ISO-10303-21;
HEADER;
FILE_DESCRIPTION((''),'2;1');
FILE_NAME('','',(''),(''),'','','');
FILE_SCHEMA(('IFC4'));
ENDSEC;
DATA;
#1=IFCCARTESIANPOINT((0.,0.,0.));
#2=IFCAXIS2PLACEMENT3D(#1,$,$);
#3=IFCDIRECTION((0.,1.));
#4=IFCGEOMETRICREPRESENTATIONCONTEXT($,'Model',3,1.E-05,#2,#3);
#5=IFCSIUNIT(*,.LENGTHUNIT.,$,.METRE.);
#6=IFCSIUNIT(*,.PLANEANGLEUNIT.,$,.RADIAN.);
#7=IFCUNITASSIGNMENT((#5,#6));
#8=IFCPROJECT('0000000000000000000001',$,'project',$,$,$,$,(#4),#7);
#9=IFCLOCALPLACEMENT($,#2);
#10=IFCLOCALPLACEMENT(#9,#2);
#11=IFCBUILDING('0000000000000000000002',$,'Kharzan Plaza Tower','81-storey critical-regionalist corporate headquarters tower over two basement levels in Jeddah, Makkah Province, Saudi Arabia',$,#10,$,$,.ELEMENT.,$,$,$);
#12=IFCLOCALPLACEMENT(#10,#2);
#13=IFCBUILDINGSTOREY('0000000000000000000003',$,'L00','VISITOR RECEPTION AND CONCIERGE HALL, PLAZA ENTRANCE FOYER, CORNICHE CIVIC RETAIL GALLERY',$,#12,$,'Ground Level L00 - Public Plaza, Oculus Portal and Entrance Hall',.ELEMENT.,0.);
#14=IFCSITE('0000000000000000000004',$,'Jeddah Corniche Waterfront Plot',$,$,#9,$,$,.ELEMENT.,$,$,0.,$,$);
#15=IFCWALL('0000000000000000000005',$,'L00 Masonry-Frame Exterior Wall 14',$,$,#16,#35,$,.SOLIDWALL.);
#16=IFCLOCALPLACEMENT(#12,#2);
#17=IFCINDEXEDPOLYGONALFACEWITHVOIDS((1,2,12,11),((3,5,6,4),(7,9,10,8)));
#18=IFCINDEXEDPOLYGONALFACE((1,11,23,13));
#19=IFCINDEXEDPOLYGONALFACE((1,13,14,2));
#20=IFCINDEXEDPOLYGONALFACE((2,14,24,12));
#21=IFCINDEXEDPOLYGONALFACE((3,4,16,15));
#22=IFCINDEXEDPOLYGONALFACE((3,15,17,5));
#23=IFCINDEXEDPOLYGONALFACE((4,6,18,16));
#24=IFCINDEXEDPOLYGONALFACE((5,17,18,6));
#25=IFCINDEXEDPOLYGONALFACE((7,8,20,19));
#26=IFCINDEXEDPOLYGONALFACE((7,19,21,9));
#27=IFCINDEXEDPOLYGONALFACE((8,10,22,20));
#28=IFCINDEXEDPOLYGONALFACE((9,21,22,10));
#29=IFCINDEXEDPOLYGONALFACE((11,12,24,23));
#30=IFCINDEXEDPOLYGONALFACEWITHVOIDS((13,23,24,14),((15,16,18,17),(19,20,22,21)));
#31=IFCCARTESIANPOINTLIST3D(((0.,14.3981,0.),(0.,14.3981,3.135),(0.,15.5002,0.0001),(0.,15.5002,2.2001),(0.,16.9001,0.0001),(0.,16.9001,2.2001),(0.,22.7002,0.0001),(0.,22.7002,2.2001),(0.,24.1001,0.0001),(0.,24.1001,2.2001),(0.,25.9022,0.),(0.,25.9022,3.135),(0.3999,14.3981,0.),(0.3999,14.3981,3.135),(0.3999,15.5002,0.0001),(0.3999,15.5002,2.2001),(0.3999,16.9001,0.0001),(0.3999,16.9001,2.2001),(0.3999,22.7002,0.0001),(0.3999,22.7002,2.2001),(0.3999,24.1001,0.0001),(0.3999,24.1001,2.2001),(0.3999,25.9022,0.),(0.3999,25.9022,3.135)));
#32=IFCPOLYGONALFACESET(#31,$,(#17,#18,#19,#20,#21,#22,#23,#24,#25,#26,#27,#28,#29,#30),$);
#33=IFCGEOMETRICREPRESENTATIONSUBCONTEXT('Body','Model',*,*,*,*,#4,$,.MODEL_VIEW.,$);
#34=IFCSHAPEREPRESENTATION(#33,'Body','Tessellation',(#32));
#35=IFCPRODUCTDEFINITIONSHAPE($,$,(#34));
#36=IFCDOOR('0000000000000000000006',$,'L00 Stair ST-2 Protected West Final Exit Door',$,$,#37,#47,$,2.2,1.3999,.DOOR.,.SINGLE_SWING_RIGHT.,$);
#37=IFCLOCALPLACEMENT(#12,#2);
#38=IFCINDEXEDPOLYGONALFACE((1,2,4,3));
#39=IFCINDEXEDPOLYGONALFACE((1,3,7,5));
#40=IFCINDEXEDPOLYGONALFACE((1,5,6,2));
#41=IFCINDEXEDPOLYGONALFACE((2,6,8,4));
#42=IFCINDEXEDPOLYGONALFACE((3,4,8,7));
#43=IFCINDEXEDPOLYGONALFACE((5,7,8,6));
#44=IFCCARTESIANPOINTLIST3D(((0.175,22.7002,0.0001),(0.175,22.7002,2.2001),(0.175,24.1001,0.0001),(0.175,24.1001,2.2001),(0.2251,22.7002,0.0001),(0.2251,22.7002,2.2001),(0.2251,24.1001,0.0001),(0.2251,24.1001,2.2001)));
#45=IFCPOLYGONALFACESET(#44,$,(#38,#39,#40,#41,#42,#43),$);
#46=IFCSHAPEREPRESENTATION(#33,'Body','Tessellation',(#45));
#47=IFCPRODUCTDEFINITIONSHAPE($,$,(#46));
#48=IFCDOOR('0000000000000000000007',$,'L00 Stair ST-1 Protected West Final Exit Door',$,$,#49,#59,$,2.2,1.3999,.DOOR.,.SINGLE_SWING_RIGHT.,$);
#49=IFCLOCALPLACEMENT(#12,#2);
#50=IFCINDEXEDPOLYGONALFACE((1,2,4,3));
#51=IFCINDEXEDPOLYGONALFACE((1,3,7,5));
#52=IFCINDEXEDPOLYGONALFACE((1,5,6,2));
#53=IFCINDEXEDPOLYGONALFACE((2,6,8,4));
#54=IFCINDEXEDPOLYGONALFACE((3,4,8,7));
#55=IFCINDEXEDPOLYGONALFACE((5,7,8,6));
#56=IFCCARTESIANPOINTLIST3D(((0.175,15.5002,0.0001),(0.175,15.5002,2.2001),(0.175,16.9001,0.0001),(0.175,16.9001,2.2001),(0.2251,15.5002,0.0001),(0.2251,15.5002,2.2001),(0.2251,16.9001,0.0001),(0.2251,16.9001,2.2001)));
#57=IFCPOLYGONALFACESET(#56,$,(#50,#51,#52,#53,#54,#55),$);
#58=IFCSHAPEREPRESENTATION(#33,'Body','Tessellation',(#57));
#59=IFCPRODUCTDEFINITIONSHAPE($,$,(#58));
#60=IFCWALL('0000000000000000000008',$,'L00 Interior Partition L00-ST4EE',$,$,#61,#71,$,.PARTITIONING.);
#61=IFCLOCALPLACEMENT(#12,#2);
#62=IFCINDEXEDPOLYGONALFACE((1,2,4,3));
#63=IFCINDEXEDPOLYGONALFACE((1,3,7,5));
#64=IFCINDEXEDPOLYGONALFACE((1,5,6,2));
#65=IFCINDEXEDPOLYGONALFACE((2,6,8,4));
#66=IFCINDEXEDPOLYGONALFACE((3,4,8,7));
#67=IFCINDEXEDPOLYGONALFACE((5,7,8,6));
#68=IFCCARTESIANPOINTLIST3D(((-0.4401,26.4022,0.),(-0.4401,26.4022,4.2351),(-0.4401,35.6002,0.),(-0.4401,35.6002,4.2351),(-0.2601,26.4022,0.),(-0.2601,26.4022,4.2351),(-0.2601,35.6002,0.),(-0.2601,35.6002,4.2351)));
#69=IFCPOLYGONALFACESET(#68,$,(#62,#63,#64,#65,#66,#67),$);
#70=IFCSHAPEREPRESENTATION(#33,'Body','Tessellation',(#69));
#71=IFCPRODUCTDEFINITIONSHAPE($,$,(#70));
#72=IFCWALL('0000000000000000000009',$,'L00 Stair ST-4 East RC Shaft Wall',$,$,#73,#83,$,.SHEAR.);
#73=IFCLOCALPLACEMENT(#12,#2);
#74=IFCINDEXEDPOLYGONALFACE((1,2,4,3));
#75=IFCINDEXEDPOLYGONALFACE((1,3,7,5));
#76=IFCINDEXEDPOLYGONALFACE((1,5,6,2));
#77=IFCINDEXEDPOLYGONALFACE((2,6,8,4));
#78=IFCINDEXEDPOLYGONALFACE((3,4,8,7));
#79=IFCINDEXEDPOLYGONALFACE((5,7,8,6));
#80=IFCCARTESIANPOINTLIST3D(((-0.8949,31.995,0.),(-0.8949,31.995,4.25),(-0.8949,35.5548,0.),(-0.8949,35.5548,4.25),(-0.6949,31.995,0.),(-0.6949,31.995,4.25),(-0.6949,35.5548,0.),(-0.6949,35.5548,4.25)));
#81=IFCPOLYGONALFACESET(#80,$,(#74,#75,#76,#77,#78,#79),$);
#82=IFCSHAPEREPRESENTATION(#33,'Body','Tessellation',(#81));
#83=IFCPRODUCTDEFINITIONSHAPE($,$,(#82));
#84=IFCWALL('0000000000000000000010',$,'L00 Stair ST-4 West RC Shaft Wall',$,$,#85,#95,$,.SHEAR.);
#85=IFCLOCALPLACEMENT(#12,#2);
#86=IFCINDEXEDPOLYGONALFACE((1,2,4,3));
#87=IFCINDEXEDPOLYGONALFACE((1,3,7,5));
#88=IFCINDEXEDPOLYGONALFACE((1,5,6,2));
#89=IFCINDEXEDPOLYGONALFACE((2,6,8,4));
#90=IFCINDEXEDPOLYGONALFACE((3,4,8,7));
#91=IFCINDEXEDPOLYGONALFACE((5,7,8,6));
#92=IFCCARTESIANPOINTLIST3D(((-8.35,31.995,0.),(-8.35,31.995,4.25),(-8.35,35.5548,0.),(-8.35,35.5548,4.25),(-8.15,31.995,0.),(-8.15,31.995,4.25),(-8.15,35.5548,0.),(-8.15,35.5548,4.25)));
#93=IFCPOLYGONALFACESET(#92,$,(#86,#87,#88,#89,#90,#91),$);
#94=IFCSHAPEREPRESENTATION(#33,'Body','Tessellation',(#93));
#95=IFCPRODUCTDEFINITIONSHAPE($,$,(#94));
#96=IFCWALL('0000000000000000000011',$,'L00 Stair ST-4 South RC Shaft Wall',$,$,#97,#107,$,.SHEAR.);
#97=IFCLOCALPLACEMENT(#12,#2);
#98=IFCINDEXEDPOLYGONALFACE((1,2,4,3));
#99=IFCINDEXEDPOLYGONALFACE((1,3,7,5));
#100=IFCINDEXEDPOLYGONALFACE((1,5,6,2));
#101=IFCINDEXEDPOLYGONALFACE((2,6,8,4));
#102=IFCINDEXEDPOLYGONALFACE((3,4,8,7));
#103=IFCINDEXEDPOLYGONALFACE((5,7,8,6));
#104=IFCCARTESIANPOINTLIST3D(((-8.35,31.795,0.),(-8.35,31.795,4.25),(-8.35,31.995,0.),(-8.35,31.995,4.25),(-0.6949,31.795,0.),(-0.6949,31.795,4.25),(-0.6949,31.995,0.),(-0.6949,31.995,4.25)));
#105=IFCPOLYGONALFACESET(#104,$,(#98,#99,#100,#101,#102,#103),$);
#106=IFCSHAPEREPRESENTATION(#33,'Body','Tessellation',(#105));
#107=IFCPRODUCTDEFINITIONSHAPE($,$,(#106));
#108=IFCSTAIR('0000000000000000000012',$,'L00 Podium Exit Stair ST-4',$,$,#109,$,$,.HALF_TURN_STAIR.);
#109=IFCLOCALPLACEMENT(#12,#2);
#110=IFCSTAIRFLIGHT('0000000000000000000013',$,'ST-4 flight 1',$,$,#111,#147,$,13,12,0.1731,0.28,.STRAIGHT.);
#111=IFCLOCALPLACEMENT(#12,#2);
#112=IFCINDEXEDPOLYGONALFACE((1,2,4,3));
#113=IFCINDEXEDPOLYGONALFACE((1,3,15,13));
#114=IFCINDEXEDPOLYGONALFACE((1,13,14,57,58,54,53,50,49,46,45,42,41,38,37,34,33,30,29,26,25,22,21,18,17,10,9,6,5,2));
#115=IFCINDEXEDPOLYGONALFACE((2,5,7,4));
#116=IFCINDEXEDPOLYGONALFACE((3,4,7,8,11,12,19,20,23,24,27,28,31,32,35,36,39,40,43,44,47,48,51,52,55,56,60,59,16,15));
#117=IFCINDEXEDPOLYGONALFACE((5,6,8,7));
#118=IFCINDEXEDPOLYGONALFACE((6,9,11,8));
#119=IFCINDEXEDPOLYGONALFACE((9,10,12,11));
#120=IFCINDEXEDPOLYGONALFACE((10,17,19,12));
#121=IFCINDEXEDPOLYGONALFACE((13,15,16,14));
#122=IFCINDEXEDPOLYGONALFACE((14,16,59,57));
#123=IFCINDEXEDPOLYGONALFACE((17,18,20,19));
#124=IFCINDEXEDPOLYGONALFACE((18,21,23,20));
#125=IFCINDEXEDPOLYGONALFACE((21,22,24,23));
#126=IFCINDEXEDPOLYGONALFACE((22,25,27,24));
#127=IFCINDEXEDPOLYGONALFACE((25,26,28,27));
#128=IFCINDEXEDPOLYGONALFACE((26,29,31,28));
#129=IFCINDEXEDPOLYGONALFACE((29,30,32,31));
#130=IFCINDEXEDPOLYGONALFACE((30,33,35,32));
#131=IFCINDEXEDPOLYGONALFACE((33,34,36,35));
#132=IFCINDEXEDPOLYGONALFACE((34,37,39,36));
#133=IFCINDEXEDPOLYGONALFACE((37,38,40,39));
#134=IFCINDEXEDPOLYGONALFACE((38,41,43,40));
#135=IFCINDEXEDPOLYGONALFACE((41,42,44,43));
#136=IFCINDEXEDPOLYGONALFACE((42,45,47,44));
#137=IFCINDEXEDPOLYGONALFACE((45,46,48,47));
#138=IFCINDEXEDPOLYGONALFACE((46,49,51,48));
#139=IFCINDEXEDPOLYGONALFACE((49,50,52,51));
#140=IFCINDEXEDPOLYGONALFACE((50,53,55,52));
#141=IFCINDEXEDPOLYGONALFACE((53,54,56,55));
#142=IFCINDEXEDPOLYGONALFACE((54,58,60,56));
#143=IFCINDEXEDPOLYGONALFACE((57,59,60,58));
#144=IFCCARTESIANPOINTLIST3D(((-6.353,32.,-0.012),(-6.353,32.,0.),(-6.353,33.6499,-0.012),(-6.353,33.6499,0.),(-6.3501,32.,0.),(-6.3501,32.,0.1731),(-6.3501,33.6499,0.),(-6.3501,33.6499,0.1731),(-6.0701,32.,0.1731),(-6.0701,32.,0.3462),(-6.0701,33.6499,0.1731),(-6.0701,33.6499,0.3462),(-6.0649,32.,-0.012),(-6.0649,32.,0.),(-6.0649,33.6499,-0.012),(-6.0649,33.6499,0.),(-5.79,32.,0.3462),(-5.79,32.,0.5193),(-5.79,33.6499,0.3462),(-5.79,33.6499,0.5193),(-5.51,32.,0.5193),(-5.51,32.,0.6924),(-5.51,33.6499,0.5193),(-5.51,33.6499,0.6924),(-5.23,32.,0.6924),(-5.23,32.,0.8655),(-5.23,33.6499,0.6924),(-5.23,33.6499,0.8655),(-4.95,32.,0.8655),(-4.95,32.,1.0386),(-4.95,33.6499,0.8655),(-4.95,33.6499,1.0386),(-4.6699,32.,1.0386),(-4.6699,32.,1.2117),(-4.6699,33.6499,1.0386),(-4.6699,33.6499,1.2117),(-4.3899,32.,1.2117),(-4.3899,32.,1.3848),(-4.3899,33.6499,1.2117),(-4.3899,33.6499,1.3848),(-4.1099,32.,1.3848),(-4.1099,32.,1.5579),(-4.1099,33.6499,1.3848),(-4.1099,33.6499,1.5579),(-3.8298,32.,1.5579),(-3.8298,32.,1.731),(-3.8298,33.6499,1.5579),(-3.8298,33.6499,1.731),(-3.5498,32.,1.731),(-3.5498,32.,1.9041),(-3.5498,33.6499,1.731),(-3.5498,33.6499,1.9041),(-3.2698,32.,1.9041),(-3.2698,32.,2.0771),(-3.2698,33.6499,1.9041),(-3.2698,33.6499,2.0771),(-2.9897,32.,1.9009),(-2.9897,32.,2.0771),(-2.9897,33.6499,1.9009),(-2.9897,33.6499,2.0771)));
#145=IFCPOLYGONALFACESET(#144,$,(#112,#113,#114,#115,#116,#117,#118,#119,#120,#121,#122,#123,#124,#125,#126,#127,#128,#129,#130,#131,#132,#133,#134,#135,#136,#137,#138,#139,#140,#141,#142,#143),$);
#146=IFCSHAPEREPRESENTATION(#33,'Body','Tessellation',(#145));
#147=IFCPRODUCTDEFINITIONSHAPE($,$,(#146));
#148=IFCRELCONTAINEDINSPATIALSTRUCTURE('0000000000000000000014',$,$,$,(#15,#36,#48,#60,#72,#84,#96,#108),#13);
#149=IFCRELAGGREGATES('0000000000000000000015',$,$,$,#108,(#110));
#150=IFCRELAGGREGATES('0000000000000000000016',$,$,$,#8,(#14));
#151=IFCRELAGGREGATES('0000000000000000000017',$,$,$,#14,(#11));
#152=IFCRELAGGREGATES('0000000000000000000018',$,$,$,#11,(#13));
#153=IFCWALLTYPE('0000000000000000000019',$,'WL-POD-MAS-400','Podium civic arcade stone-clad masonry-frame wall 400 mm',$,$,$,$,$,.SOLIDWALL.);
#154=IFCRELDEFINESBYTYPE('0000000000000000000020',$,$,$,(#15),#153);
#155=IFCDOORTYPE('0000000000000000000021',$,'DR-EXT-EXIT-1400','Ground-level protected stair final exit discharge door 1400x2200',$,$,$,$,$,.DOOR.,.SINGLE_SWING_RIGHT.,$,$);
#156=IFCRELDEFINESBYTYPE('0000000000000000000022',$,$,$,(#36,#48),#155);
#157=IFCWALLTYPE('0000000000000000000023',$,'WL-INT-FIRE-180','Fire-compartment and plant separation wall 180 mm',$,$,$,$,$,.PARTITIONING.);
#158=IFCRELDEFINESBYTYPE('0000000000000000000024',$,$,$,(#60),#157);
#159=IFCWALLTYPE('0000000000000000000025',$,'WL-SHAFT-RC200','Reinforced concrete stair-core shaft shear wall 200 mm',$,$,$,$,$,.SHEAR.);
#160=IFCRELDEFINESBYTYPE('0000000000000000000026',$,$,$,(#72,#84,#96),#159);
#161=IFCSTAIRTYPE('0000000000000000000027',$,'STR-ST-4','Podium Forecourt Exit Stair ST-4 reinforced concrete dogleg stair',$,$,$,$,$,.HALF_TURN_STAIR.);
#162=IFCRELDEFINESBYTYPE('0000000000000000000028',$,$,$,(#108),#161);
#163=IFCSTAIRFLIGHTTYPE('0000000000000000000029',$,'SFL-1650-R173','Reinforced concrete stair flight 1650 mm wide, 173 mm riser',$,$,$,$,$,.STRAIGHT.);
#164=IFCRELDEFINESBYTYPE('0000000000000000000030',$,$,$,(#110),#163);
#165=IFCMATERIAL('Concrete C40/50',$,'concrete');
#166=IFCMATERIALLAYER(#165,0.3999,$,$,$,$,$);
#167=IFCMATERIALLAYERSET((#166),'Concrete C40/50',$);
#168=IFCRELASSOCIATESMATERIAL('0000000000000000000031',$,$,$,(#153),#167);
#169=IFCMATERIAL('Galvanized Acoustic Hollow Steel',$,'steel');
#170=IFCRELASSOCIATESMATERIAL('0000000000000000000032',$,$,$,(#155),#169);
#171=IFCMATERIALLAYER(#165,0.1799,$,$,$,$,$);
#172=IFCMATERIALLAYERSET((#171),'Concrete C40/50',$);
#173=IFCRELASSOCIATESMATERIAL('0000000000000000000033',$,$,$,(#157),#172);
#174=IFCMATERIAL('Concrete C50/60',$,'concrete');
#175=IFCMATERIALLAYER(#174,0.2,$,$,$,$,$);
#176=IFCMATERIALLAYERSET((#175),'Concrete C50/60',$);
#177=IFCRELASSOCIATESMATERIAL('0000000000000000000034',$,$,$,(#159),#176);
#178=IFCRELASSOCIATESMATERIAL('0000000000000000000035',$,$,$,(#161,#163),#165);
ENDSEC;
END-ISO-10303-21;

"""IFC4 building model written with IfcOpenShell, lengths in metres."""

from ifc_helpers import new_model, si_unit, direction, frame, frame_2d, origin, place, context, subcontext, project, spatial, polyline, rectangle, outline, extrude, source, transform, mapped, material, layer, layer_set, type_object, element, fill, aggregate, save


model = new_model("IFC4")

# Units and contexts
model_context = context("Model", 3, precision=1e-05, world=origin(), true_north=direction((0.0, 1.0)))
body_context = subcontext(model_context, "Body", "Model", "MODEL_VIEW")
ifc_project = project(units=[si_unit("LENGTHUNIT", "METRE"), si_unit("PLANEANGLEUNIT", "RADIAN")], contexts=[model_context])

# Site, building, storey
site_placement = place(None, origin())
site = spatial("IfcSite", under=ifc_project, at=site_placement, Name="Jeddah Corniche Waterfront Plot", CompositionType="ELEMENT", RefElevation=0.0)
building_placement = place(site_placement, origin())
building = spatial("IfcBuilding", under=site, at=building_placement, Name="Kharzan Plaza Tower", Description="81-storey critical-regionalist corporate headquarters tower over two basement levels in Jeddah, Makkah Province, Saudi Arabia", CompositionType="ELEMENT")
storey_placement = place(building_placement, origin())
storey = spatial("IfcBuildingStorey", under=building, at=storey_placement, Name="L00", Description="VISITOR RECEPTION AND CONCIERGE HALL, PLAZA ENTRANCE FOYER, CORNICHE CIVIC RETAIL GALLERY", LongName="Ground Level L00 - Public Plaza, Oculus Portal and Entrance Hall", CompositionType="ELEMENT", Elevation=0.0)

# Shared definitions
ifc_material_1 = material(Name="Concrete C40/50", Category="concrete")
ifc_layer_1 = layer(ifc_material_1, 0.3999)
ifc_layer_set_1 = layer_set([ifc_layer_1], Name="Concrete C40/50")
wall_type_1 = type_object("IfcWallType", Name="WL-POD-MAS-400", Description="Podium civic arcade stone-clad masonry-frame wall 400 mm", PredefinedType="SOLIDWALL", material=ifc_layer_set_1)
ifc_material_2 = material(Name="Galvanized Acoustic Hollow Steel", Category="steel")
door_type = type_object("IfcDoorType", Name="DR-EXT-EXIT-1400", Description="Ground-level protected stair final exit discharge door 1400x2200", OperationType="SINGLE_SWING_RIGHT", PredefinedType="DOOR", material=ifc_material_2)
shared_shape_1 = source(origin(), body_context, "Body", "SweptSolid", [
    extrude(rectangle(XDim=1.3999, YDim=2.2, at=frame_2d((0.7, 1.1001))), frame((0.0, 0.0249, 0.0), z_axis=(0.0, -1.0, 0.0), x_axis=(1.0, 0.0, 0.0)), (0.0, 0.0, 1.0), 0.05),
])

# Wall, openings, doors
wall_1_placement = place(storey_placement, frame((0.2, 25.9021, 0.0), z_axis=(0.0, 0.0, 1.0), x_axis=(0.0, -1.0, 0.0)))
wall_1 = element("IfcWall", 1, at=wall_1_placement, inside=storey, type_object=wall_type_1, Name="L00 Masonry-Frame Exterior Wall 14", PredefinedType="SOLIDWALL", context=body_context, shape_type="SweptSolid", body=[
    extrude(rectangle(XDim=11.5042, YDim=0.3999, at=frame_2d((5.752, 0.0))), origin(), (0.0, 0.0, 1.0), 3.135),
])
opening_1_placement = place(wall_1_placement, frame((1.802, 0.0, 0.0)))
opening_1 = element("IfcOpeningElement", 2, at=opening_1_placement, cuts=wall_1, PredefinedType="OPENING", context=body_context, shape_type="SweptSolid", body=[
    extrude(rectangle(XDim=1.3999, YDim=2.2, at=frame_2d((0.7, 1.1001))), frame((0.0, 0.21, 0.0), z_axis=(0.0, -1.0, 0.0), x_axis=(1.0, 0.0, 0.0)), (0.0, 0.0, 1.0), 0.4199),
])
opening_2_placement = place(wall_1_placement, frame((9.002, 0.0, 0.0)))
opening_2 = element("IfcOpeningElement", 3, at=opening_2_placement, cuts=wall_1, PredefinedType="OPENING", context=body_context, shape_type="SweptSolid", body=[
    extrude(rectangle(XDim=1.3999, YDim=2.2, at=frame_2d((0.7, 1.1001))), frame((0.0, 0.21, 0.0), z_axis=(0.0, -1.0, 0.0), x_axis=(1.0, 0.0, 0.0)), (0.0, 0.0, 1.0), 0.4199),
])
door_1_placement = place(opening_1_placement, frame((1.3999, 0.0, 0.0), z_axis=(0.0, 0.0, 1.0), x_axis=(-1.0, 0.0, 0.0)))
door_1 = element("IfcDoor", 4, at=door_1_placement, inside=storey, type_object=door_type, Name="L00 Stair ST-2 Protected West Final Exit Door", OperationType="SINGLE_SWING_RIGHT", OverallHeight=2.2, OverallWidth=1.3999, PredefinedType="DOOR", context=body_context, shape_type="MappedRepresentation", body=[
    mapped(shared_shape_1, transform((0.0, 0.0, 0.0), x_axis=(1.0, 0.0, 0.0), y_axis=(0.0, 1.0, 0.0), z_axis=(0.0, 0.0, 1.0))),
])
fill(opening_1, door_1)
door_2_placement = place(opening_2_placement, frame((1.3999, 0.0, 0.0), z_axis=(0.0, 0.0, 1.0), x_axis=(-1.0, 0.0, 0.0)))
door_2 = element("IfcDoor", 5, at=door_2_placement, inside=storey, type_object=door_type, Name="L00 Stair ST-1 Protected West Final Exit Door", OperationType="SINGLE_SWING_RIGHT", OverallHeight=2.2, OverallWidth=1.3999, PredefinedType="DOOR", context=body_context, shape_type="MappedRepresentation", body=[
    mapped(shared_shape_1, transform((0.0, 0.0, 0.0), x_axis=(1.0, 0.0, 0.0), y_axis=(0.0, 1.0, 0.0), z_axis=(0.0, 0.0, 1.0))),
])
fill(opening_2, door_2)

# Walls
ifc_layer_2 = layer(ifc_material_1, 0.1799)
ifc_layer_set_2 = layer_set([ifc_layer_2], Name="Concrete C40/50")
wall_type_2 = type_object("IfcWallType", Name="WL-INT-FIRE-180", Description="Fire-compartment and plant separation wall 180 mm", PredefinedType="PARTITIONING", material=ifc_layer_set_2)
shared_shape_2 = source(origin(), body_context, "Body", "SweptSolid", [
    extrude(rectangle(XDim=9.198, YDim=0.1799, at=frame_2d((4.5991, 0.0))), origin(), (0.0, 0.0, 1.0), 4.2351),
])
wall_2_placement = place(storey_placement, frame((-0.3501, 26.4021, 0.0), z_axis=(0.0, 0.0, 1.0), x_axis=(0.0, 1.0, 0.0)))
element("IfcWall", 6, at=wall_2_placement, inside=storey, type_object=wall_type_2, Name="L00 Interior Partition L00-ST4EE", PredefinedType="PARTITIONING", context=body_context, shape_type="MappedRepresentation", body=[
    mapped(shared_shape_2, transform((0.0, 0.0, 0.0), x_axis=(1.0, 0.0, 0.0), y_axis=(0.0, 1.0, 0.0), z_axis=(0.0, 0.0, 1.0))),
])
ifc_material_3 = material(Name="Concrete C50/60", Category="concrete")
ifc_layer_3 = layer(ifc_material_3, 0.2)
ifc_layer_set_3 = layer_set([ifc_layer_3], Name="Concrete C50/60")
wall_type_3 = type_object("IfcWallType", Name="WL-SHAFT-RC200", Description="Reinforced concrete stair-core shaft shear wall 200 mm", PredefinedType="SHEAR", material=ifc_layer_set_3)
shared_shape_3 = source(origin(), body_context, "Body", "SweptSolid", [
    extrude(rectangle(XDim=3.5598, YDim=0.2, at=frame_2d((1.7798, 0.0))), origin(), (0.0, 0.0, 1.0), 4.25),
])
for number, where, z_axis, x_axis, name in (
    (7, (-0.7949, 31.9951, 0.0), (0.0, 0.0, 1.0), (0.0, 1.0, 0.0), "L00 Stair ST-4 East RC Shaft Wall"),
    (8, (-8.25, 31.9951, 0.0), (0.0, 0.0, 1.0), (0.0, 1.0, 0.0), "L00 Stair ST-4 West RC Shaft Wall"),
):
    element("IfcWall", number, at=place(storey_placement, frame(where, z_axis=z_axis, x_axis=x_axis)), inside=storey, type_object=wall_type_3, Name=name, PredefinedType="SHEAR", context=body_context, shape_type="MappedRepresentation", body=[
        mapped(shared_shape_3, transform((0.0, 0.0, 0.0), x_axis=(1.0, 0.0, 0.0), y_axis=(0.0, 1.0, 0.0), z_axis=(0.0, 0.0, 1.0))),
    ])
shared_shape_4 = source(origin(), body_context, "Body", "SweptSolid", [
    extrude(rectangle(XDim=7.655, YDim=0.2, at=frame_2d((3.8276, 0.0))), origin(), (0.0, 0.0, 1.0), 4.25),
])
wall_3_placement = place(storey_placement, frame((-8.3501, 31.895, 0.0), z_axis=(0.0, 0.0, 1.0), x_axis=(1.0, 0.0, 0.0)))
element("IfcWall", 9, at=wall_3_placement, inside=storey, type_object=wall_type_3, Name="L00 Stair ST-4 South RC Shaft Wall", PredefinedType="SHEAR", context=body_context, shape_type="MappedRepresentation", body=[
    mapped(shared_shape_4, transform((0.0, 0.0, 0.0), x_axis=(1.0, 0.0, 0.0), y_axis=(0.0, 1.0, 0.0), z_axis=(0.0, 0.0, 1.0))),
])

# Stair, stair flight
stair_type = type_object("IfcStairType", Name="STR-ST-4", Description="Podium Forecourt Exit Stair ST-4 reinforced concrete dogleg stair", PredefinedType="HALF_TURN_STAIR", material=ifc_material_1)
stair_placement = place(storey_placement, origin())
stair = element("IfcStair", 10, at=stair_placement, inside=storey, type_object=stair_type, Name="L00 Podium Exit Stair ST-4", PredefinedType="HALF_TURN_STAIR")
stair_flight_type = type_object("IfcStairFlightType", Name="SFL-1650-R173", Description="Reinforced concrete stair flight 1650 mm wide, 173 mm riser", PredefinedType="STRAIGHT", material=ifc_material_1)
shared_shape_5 = source(origin(), body_context, "Body", "SweptSolid", [
    extrude(outline(polyline([(-0.0029, -0.012), (-0.0029, 0.0), (0.0, 0.0), (0.0, 0.1731), (0.28, 0.1731), (0.28, 0.3462), (0.5601, 0.3462), (0.5601, 0.5193), (0.8401, 0.5193), (0.8401, 0.6924), (1.1201, 0.6924), (1.1201, 0.8655), (1.4001, 0.8655), (1.4001, 1.0386), (1.6802, 1.0386), (1.6802, 1.2117), (1.9602, 1.2117), (1.9602, 1.3848), (2.2402, 1.3848), (2.2402, 1.5579), (2.5203, 1.5579), (2.5203, 1.731), (2.8003, 1.731), (2.8003, 1.9041), (3.0803, 1.9041), (3.0803, 2.0771), (3.3604, 2.0771), (3.3604, 2.2502), (3.3604, 1.9009), (0.2852, 0.0), (0.2852, -0.012), (-0.0029, -0.012)])), frame((0.0, 0.825, 0.0), z_axis=(0.0, -1.0, 0.0), x_axis=(1.0, 0.0, 0.0)), (0.0, 0.0, 1.0), 1.6499),
])
stair_flight_placement = place(storey_placement, frame((-6.3501, 32.825, 0.0), z_axis=(0.0, 0.0, 1.0), x_axis=(1.0, 0.0, 0.0)))
stair_flight = element("IfcStairFlight", 11, at=stair_flight_placement, type_object=stair_flight_type, Name="ST-4 flight 1", NumberOfRisers=13, NumberOfTreads=12, PredefinedType="STRAIGHT", RiserHeight=0.1731, TreadLength=0.28, context=body_context, shape_type="MappedRepresentation", body=[
    mapped(shared_shape_5, transform((0.0, 0.0, 0.0), x_axis=(1.0, 0.0, 0.0), y_axis=(0.0, 1.0, 0.0), z_axis=(0.0, 0.0, 1.0))),
])
aggregate(stair, [stair_flight])

save(model, "model.ifc")
